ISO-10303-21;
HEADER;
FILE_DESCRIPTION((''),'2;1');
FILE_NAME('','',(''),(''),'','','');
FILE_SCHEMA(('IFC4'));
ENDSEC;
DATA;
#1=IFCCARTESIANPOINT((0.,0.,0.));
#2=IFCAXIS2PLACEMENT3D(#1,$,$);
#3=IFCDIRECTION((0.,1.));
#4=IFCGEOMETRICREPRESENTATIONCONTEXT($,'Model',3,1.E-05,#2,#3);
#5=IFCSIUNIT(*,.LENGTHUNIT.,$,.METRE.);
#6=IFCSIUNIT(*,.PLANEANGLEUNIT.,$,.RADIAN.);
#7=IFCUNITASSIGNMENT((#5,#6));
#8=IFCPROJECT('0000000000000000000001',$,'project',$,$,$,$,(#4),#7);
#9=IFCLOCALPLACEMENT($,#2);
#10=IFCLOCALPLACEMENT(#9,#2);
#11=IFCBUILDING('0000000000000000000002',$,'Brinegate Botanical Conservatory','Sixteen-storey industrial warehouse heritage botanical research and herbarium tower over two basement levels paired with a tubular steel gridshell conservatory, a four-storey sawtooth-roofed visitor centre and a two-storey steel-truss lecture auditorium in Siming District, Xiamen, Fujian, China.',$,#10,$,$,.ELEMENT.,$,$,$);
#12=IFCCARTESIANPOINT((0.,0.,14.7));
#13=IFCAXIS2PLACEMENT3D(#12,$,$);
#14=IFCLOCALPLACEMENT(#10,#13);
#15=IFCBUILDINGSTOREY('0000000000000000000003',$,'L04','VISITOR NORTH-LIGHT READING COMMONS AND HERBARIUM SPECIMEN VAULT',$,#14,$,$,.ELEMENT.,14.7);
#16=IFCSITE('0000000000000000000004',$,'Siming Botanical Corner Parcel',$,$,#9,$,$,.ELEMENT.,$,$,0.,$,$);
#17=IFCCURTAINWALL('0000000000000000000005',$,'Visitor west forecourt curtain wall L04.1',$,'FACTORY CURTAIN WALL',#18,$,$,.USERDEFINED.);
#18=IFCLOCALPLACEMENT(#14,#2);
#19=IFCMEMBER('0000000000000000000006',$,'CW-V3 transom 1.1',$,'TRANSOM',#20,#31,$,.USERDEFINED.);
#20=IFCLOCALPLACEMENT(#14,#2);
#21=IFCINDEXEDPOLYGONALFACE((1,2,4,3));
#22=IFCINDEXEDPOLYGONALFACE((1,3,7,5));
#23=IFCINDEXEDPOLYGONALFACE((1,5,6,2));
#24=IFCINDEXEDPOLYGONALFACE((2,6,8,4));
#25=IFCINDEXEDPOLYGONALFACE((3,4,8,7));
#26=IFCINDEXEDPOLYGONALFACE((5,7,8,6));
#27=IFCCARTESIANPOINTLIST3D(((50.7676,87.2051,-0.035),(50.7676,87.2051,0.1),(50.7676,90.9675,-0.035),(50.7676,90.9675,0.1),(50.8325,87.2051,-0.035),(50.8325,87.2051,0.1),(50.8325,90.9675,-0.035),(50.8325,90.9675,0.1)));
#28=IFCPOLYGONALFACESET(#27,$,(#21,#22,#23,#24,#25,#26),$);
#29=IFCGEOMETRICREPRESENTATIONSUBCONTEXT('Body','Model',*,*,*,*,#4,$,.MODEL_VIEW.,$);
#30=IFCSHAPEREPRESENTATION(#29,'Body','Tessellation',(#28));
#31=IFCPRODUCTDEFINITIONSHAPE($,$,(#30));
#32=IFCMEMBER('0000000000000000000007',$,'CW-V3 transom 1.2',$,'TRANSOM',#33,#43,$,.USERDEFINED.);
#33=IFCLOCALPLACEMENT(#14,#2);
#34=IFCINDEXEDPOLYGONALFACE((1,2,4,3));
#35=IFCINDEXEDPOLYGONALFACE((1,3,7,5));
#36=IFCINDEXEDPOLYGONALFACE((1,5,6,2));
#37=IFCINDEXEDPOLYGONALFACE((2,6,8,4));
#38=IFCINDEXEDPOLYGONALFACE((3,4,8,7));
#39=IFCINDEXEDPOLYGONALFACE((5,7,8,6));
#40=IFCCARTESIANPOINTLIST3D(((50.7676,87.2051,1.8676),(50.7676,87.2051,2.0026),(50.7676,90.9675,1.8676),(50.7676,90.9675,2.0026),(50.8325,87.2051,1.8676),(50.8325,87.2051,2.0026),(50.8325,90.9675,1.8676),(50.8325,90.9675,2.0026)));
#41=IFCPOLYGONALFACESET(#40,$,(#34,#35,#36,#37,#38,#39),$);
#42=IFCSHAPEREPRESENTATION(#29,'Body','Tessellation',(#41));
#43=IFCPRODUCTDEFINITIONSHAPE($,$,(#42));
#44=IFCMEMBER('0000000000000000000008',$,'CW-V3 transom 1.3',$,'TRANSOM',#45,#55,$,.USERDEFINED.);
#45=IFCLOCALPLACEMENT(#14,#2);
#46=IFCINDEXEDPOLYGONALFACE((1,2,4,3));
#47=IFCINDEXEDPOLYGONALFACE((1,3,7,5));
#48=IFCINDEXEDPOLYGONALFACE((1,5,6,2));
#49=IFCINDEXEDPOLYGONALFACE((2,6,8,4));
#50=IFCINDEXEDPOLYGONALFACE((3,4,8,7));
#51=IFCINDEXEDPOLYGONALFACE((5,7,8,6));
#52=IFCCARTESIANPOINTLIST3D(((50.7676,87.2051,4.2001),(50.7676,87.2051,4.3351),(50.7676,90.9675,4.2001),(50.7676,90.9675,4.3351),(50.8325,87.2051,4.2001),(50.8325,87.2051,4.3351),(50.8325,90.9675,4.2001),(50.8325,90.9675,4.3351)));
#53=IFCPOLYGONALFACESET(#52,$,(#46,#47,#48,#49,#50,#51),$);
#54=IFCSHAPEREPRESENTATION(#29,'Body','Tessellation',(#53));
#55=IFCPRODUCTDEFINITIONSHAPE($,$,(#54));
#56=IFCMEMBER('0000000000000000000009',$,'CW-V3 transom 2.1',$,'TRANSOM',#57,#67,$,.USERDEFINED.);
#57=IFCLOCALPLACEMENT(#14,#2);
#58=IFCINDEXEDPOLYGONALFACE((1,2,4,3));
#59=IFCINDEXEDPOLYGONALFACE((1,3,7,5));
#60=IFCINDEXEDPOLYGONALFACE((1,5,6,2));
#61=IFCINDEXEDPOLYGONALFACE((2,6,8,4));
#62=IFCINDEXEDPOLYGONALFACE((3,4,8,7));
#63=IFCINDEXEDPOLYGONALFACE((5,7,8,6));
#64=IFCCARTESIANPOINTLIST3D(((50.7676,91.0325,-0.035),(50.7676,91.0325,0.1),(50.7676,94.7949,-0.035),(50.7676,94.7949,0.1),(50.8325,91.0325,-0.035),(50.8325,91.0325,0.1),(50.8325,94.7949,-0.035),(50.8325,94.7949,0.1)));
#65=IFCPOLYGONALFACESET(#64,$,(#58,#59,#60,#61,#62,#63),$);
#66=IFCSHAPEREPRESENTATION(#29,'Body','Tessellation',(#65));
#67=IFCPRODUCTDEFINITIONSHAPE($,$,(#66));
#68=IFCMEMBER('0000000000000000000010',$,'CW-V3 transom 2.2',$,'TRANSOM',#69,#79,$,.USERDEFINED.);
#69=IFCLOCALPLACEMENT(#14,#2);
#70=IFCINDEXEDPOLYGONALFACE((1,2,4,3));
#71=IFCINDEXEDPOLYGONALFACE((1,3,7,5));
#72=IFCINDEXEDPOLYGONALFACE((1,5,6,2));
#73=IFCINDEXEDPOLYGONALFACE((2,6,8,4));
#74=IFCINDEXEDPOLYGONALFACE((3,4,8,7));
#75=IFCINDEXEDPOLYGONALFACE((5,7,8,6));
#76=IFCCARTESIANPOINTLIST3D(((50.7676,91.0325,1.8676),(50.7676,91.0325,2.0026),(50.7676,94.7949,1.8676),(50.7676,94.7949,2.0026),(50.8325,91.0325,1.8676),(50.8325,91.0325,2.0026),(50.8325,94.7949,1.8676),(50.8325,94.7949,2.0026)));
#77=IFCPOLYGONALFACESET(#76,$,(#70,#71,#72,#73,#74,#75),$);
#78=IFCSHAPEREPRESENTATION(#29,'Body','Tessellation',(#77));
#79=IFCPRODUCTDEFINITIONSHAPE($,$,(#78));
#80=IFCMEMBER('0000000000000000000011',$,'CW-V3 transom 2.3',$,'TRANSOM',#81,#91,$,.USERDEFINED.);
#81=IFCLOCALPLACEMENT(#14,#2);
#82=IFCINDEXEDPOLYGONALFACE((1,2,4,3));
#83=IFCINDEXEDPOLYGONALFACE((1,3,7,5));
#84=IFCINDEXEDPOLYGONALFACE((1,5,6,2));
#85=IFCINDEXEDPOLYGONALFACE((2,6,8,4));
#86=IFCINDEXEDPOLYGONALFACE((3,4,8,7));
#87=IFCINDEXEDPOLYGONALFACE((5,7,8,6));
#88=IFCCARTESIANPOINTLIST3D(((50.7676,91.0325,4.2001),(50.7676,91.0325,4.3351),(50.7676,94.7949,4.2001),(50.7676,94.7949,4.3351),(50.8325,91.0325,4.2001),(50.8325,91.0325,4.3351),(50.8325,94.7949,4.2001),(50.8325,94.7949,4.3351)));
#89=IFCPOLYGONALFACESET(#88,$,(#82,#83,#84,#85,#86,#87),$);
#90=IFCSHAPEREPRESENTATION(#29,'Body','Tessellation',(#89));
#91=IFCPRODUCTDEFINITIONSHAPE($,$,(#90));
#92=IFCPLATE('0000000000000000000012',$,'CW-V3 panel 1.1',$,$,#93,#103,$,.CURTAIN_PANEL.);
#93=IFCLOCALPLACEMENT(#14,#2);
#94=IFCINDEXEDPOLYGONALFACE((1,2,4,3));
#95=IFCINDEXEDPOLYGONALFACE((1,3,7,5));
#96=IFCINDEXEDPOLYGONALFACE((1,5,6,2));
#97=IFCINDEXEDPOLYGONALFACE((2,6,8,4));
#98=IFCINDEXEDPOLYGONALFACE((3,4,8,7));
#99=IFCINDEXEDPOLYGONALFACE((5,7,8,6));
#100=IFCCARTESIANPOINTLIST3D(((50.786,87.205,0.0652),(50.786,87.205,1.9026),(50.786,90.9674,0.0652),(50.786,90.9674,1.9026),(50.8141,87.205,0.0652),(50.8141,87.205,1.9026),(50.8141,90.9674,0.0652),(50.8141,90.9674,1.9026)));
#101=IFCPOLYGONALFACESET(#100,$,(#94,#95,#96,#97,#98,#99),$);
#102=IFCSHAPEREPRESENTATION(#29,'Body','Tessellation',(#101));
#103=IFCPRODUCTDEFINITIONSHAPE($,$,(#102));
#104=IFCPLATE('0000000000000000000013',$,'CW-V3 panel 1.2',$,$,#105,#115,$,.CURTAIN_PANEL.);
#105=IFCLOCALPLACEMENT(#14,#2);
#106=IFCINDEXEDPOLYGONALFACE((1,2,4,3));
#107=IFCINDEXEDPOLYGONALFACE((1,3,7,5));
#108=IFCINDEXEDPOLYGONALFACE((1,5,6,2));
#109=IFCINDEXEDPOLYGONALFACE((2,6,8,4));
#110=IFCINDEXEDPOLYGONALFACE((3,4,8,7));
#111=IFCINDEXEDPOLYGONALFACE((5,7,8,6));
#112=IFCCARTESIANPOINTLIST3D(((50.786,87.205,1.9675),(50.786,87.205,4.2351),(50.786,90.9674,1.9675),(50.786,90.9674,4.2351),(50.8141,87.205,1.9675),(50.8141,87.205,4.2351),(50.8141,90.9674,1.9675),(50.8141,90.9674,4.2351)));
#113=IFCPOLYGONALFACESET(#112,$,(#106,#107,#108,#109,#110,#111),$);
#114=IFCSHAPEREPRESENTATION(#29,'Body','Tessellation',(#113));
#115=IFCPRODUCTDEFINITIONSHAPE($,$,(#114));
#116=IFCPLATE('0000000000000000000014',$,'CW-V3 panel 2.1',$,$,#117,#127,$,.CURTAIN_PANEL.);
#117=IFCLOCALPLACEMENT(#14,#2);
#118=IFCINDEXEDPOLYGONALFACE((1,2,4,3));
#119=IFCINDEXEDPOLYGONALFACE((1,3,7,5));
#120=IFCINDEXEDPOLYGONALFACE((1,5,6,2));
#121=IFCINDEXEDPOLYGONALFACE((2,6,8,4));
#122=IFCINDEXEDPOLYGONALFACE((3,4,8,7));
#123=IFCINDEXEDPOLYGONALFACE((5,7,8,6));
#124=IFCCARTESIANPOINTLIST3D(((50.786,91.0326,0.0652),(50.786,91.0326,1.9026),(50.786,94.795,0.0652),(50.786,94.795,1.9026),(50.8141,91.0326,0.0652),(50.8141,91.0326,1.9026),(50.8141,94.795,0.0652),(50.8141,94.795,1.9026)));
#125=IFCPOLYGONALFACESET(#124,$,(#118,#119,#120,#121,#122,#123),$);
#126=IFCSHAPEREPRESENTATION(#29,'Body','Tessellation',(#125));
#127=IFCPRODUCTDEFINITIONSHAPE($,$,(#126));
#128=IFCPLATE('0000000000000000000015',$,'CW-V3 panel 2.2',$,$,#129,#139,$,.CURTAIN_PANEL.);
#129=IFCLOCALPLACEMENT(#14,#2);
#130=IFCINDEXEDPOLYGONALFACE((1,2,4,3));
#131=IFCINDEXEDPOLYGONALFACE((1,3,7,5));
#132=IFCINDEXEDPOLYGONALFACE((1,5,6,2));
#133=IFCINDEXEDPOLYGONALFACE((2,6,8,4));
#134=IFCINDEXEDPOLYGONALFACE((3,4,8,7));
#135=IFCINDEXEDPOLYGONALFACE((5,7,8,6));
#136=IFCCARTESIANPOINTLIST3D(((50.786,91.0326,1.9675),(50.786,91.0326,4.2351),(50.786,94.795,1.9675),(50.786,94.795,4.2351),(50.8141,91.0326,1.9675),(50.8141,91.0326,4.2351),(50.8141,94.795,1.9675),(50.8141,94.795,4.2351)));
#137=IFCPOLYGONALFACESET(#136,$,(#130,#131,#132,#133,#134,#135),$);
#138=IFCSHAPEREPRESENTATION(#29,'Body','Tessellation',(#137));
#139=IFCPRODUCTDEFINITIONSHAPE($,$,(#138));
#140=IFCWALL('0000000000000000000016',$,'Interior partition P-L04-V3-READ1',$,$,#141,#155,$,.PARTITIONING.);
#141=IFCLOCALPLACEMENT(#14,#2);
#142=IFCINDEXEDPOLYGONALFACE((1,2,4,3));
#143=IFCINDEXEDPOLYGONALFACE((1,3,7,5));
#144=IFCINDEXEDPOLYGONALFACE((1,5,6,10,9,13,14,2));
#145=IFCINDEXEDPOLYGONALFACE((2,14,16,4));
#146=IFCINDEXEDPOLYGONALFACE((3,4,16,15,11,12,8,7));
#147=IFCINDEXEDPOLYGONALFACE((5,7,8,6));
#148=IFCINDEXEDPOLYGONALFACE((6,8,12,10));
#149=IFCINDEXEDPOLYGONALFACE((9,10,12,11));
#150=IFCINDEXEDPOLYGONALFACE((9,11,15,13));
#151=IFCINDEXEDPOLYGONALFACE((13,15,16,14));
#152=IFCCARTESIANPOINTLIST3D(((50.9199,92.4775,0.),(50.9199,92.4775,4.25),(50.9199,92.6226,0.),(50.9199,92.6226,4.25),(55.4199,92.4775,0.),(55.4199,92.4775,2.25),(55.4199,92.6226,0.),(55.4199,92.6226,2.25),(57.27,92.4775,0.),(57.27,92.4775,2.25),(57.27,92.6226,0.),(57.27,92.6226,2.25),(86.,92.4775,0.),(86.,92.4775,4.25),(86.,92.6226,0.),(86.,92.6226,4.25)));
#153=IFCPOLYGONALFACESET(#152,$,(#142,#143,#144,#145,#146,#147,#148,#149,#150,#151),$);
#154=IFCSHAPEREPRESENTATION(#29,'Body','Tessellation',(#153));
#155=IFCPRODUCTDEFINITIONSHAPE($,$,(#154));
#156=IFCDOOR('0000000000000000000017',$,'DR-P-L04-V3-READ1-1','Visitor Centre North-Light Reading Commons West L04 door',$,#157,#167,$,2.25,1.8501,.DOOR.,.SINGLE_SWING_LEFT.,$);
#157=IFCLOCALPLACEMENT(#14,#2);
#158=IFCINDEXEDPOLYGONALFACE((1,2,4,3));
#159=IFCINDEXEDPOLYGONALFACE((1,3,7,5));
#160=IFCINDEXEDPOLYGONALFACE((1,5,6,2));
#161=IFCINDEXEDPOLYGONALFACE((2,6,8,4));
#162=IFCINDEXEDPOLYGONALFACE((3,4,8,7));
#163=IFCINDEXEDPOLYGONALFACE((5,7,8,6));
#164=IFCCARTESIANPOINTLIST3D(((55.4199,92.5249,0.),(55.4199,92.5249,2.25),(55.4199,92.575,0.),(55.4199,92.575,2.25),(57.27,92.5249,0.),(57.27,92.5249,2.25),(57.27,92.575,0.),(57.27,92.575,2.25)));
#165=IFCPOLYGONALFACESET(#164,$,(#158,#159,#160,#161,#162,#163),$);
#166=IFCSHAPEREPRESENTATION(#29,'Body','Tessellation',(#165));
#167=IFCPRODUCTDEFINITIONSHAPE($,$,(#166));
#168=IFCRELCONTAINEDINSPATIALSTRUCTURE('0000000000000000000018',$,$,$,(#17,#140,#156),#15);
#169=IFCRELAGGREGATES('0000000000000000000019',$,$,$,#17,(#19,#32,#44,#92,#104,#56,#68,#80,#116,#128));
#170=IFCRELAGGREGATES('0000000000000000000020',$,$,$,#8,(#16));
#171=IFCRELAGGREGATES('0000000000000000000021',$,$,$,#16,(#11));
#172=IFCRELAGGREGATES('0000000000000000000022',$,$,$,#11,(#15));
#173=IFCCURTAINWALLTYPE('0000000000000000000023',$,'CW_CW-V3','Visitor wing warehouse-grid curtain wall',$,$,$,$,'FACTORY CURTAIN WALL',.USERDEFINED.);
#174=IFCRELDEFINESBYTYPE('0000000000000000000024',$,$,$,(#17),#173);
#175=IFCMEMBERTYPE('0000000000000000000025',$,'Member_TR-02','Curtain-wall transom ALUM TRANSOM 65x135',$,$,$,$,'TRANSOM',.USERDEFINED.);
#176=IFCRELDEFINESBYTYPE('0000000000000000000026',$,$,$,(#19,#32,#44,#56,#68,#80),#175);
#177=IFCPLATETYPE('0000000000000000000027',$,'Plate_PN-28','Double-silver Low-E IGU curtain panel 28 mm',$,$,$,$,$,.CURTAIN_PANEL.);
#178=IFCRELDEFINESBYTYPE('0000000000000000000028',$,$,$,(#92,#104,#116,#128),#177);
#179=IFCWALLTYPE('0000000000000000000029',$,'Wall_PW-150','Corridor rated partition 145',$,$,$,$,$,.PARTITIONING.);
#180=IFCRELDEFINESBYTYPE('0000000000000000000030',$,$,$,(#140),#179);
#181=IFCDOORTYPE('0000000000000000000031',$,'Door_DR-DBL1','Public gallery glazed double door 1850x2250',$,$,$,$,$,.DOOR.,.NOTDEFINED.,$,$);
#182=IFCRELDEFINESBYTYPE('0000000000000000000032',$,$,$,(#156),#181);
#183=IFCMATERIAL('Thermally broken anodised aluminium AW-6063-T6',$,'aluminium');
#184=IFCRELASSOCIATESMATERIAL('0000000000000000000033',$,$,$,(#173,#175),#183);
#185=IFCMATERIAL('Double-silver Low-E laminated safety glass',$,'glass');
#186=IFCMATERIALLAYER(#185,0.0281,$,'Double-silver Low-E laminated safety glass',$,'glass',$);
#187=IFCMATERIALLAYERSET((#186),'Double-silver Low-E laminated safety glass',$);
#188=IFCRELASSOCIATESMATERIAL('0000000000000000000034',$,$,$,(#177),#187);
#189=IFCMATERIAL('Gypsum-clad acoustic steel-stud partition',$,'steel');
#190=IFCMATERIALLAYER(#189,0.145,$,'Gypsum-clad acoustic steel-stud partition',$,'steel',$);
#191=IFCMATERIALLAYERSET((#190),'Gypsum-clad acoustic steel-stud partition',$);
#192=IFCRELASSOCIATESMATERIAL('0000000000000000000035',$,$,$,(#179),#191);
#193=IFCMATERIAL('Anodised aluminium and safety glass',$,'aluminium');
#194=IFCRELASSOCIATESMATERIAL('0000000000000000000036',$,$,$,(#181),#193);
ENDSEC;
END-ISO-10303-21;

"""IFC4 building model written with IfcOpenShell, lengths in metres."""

from ifc_helpers import new_model, si_unit, direction, frame, frame_2d, origin, origin_2d, place, context, subcontext, project, spatial, rectangle, extrude, material, layer, layer_set, material_profile, profile_set, type_object, element, fill, aggregate, save


model = new_model("IFC4")

# Units and contexts
model_context = context("Model", 3, precision=1e-05, world=origin(), true_north=direction((0.0, 1.0)))
body_context = subcontext(model_context, "Body", "Model", "MODEL_VIEW")
ifc_project = project(units=[si_unit("LENGTHUNIT", "METRE"), si_unit("PLANEANGLEUNIT", "RADIAN")], contexts=[model_context])

# Site, building, storey
site_placement = place(None, origin())
site = spatial("IfcSite", under=ifc_project, at=site_placement, Name="Siming Botanical Corner Parcel", CompositionType="ELEMENT", RefElevation=0.0)
building_placement = place(site_placement, origin())
building = spatial("IfcBuilding", under=site, at=building_placement, Name="Brinegate Botanical Conservatory", Description="Sixteen-storey industrial warehouse heritage botanical research and herbarium tower over two basement levels paired with a tubular steel gridshell conservatory, a four-storey sawtooth-roofed visitor centre and a two-storey steel-truss lecture auditorium in Siming District, Xiamen, Fujian, China.", CompositionType="ELEMENT")
storey_placement = place(building_placement, frame((0.0, 0.0, 14.7)))
storey = spatial("IfcBuildingStorey", under=building, at=storey_placement, Name="L04", Description="VISITOR NORTH-LIGHT READING COMMONS AND HERBARIUM SPECIMEN VAULT", CompositionType="ELEMENT", Elevation=14.7)

# Curtain wall, members, plates
ifc_material_1 = material(Name="Thermally broken anodised aluminium AW-6063-T6", Category="aluminium")
curtain_wall_type = type_object("IfcCurtainWallType", Name="CW_CW-V3", Description="Visitor wing warehouse-grid curtain wall", ElementType="FACTORY CURTAIN WALL", PredefinedType="USERDEFINED", material=ifc_material_1)
curtain_wall_placement = place(storey_placement, origin())
curtain_wall = element("IfcCurtainWall", 1, at=curtain_wall_placement, inside=storey, type_object=curtain_wall_type, Name="Visitor west forecourt curtain wall L04.1", ObjectType="FACTORY CURTAIN WALL", PredefinedType="USERDEFINED")
ifc_material_profile_1 = material_profile(ifc_material_1, rectangle(XDim=0.0649, YDim=0.135, at=origin_2d()), Name="ALUM TRANSOM 65x135")
ifc_profile_set_1 = profile_set([ifc_material_profile_1], Name="Thermally broken anodised aluminium AW-6063-T6")
member_type_1 = type_object("IfcMemberType", Name="Member_TR-02", Description="Curtain-wall transom ALUM TRANSOM 65x135", ElementType="TRANSOM", PredefinedType="USERDEFINED", material=ifc_profile_set_1)
member_1_placement = place(storey_placement, frame((50.8, 87.2051, 0.0325), z_axis=(0.0, 1.0, 0.0), x_axis=(-1.0, 0.0, 0.0)))
member_1 = element("IfcMember", 2, at=member_1_placement, type_object=member_type_1, Name="CW-V3 transom 1.1", ObjectType="TRANSOM", PredefinedType="USERDEFINED", context=body_context, shape_type="SweptSolid", body=[
    extrude(rectangle(XDim=0.0649, YDim=0.135, at=origin_2d()), origin(), (0.0, 0.0, 1.0), 3.7625),
])
member_2_placement = place(storey_placement, frame((50.8, 87.2051, 1.9351), z_axis=(0.0, 1.0, 0.0), x_axis=(-1.0, 0.0, 0.0)))
member_2 = element("IfcMember", 3, at=member_2_placement, type_object=member_type_1, Name="CW-V3 transom 1.2", ObjectType="TRANSOM", PredefinedType="USERDEFINED", context=body_context, shape_type="SweptSolid", body=[
    extrude(rectangle(XDim=0.0649, YDim=0.135, at=origin_2d()), origin(), (0.0, 0.0, 1.0), 3.7625),
])
member_3_placement = place(storey_placement, frame((50.8, 87.2051, 4.2676), z_axis=(0.0, 1.0, 0.0), x_axis=(-1.0, 0.0, 0.0)))
member_3 = element("IfcMember", 4, at=member_3_placement, type_object=member_type_1, Name="CW-V3 transom 1.3", ObjectType="TRANSOM", PredefinedType="USERDEFINED", context=body_context, shape_type="SweptSolid", body=[
    extrude(rectangle(XDim=0.0649, YDim=0.135, at=origin_2d()), origin(), (0.0, 0.0, 1.0), 3.7625),
])
member_4_placement = place(storey_placement, frame((50.8, 91.0325, 0.0325), z_axis=(0.0, 1.0, 0.0), x_axis=(-1.0, 0.0, 0.0)))
member_4 = element("IfcMember", 5, at=member_4_placement, type_object=member_type_1, Name="CW-V3 transom 2.1", ObjectType="TRANSOM", PredefinedType="USERDEFINED", context=body_context, shape_type="SweptSolid", body=[
    extrude(rectangle(XDim=0.0649, YDim=0.135, at=origin_2d()), origin(), (0.0, 0.0, 1.0), 3.7625),
])
member_5_placement = place(storey_placement, frame((50.8, 91.0325, 1.9351), z_axis=(0.0, 1.0, 0.0), x_axis=(-1.0, 0.0, 0.0)))
member_5 = element("IfcMember", 6, at=member_5_placement, type_object=member_type_1, Name="CW-V3 transom 2.2", ObjectType="TRANSOM", PredefinedType="USERDEFINED", context=body_context, shape_type="SweptSolid", body=[
    extrude(rectangle(XDim=0.0649, YDim=0.135, at=origin_2d()), origin(), (0.0, 0.0, 1.0), 3.7625),
])
member_6_placement = place(storey_placement, frame((50.8, 91.0325, 4.2676), z_axis=(0.0, 1.0, 0.0), x_axis=(-1.0, 0.0, 0.0)))
member_6 = element("IfcMember", 7, at=member_6_placement, type_object=member_type_1, Name="CW-V3 transom 2.3", ObjectType="TRANSOM", PredefinedType="USERDEFINED", context=body_context, shape_type="SweptSolid", body=[
    extrude(rectangle(XDim=0.0649, YDim=0.135, at=origin_2d()), origin(), (0.0, 0.0, 1.0), 3.7625),
])
ifc_material_2 = material(Name="Double-silver Low-E laminated safety glass", Category="glass")
ifc_layer_1 = layer(ifc_material_2, 0.0281, Name="Double-silver Low-E laminated safety glass", Category="glass")
ifc_layer_set_1 = layer_set([ifc_layer_1], Name="Double-silver Low-E laminated safety glass")
plate_type = type_object("IfcPlateType", Name="Plate_PN-28", Description="Double-silver Low-E IGU curtain panel 28 mm", PredefinedType="CURTAIN_PANEL", material=ifc_layer_set_1)
plate_1_placement = place(storey_placement, frame((50.8, 89.0862, 0.0652), z_axis=(0.0, 0.0, 1.0), x_axis=(0.0, 1.0, 0.0)))
plate_1 = element("IfcPlate", 8, at=plate_1_placement, type_object=plate_type, Name="CW-V3 panel 1.1", PredefinedType="CURTAIN_PANEL", context=body_context, shape_type="SweptSolid", body=[
    extrude(rectangle(XDim=3.7625, YDim=0.0281, at=origin_2d()), origin(), (0.0, 0.0, 1.0), 1.8374),
])
plate_2_placement = place(storey_placement, frame((50.8, 89.0862, 1.9675), z_axis=(0.0, 0.0, 1.0), x_axis=(0.0, 1.0, 0.0)))
plate_2 = element("IfcPlate", 9, at=plate_2_placement, type_object=plate_type, Name="CW-V3 panel 1.2", PredefinedType="CURTAIN_PANEL", context=body_context, shape_type="SweptSolid", body=[
    extrude(rectangle(XDim=3.7625, YDim=0.0281, at=origin_2d()), origin(), (0.0, 0.0, 1.0), 2.2676),
])
plate_3_placement = place(storey_placement, frame((50.8, 92.9138, 0.0652), z_axis=(0.0, 0.0, 1.0), x_axis=(0.0, 1.0, 0.0)))
plate_3 = element("IfcPlate", 10, at=plate_3_placement, type_object=plate_type, Name="CW-V3 panel 2.1", PredefinedType="CURTAIN_PANEL", context=body_context, shape_type="SweptSolid", body=[
    extrude(rectangle(XDim=3.7625, YDim=0.0281, at=origin_2d()), origin(), (0.0, 0.0, 1.0), 1.8374),
])
plate_4_placement = place(storey_placement, frame((50.8, 92.9138, 1.9675), z_axis=(0.0, 0.0, 1.0), x_axis=(0.0, 1.0, 0.0)))
plate_4 = element("IfcPlate", 11, at=plate_4_placement, type_object=plate_type, Name="CW-V3 panel 2.2", PredefinedType="CURTAIN_PANEL", context=body_context, shape_type="SweptSolid", body=[
    extrude(rectangle(XDim=3.7625, YDim=0.0281, at=origin_2d()), origin(), (0.0, 0.0, 1.0), 2.2676),
])
aggregate(curtain_wall, [member_1, member_2, member_3, plate_1, plate_2, member_4, member_5, member_6, plate_3, plate_4])

# Wall, opening, door
ifc_material_3 = material(Name="Gypsum-clad acoustic steel-stud partition", Category="steel")
ifc_layer_2 = layer(ifc_material_3, 0.145, Name="Gypsum-clad acoustic steel-stud partition", Category="steel")
ifc_layer_set_2 = layer_set([ifc_layer_2], Name="Gypsum-clad acoustic steel-stud partition")
wall_type_1 = type_object("IfcWallType", Name="Wall_PW-150", Description="Corridor rated partition 145", PredefinedType="PARTITIONING", material=ifc_layer_set_2)
wall_1_placement = place(storey_placement, frame((50.9199, 92.55, 0.0), z_axis=(0.0, 0.0, 1.0), x_axis=(1.0, 0.0, 0.0)))
wall_1 = element("IfcWall", 12, at=wall_1_placement, inside=storey, type_object=wall_type_1, Name="Interior partition P-L04-V3-READ1", PredefinedType="PARTITIONING", context=body_context, shape_type="SweptSolid", body=[
    extrude(rectangle(XDim=35.0801, YDim=0.145, at=frame_2d((17.54, 0.0))), origin(), (0.0, 0.0, 1.0), 4.25),
])
opening_1_placement = place(wall_1_placement, frame((4.5, 0.0, 0.0)))
opening_1 = element("IfcOpeningElement", 13, at=opening_1_placement, cuts=wall_1, PredefinedType="OPENING", context=body_context, shape_type="SweptSolid", body=[
    extrude(rectangle(XDim=1.8501, YDim=2.25, at=frame_2d((0.925, 1.125))), frame((0.0, 0.0825, 0.0), z_axis=(0.0, -1.0, 0.0), x_axis=(1.0, 0.0, 0.0)), (0.0, 0.0, 1.0), 0.165),
])
ifc_material_4 = material(Name="Anodised aluminium and safety glass", Category="aluminium")
door_type_1 = type_object("IfcDoorType", Name="Door_DR-DBL1", Description="Public gallery glazed double door 1850x2250", OperationType="NOTDEFINED", PredefinedType="DOOR", material=ifc_material_4)
door_1_placement = place(opening_1_placement, origin())
door_1 = element("IfcDoor", 14, at=door_1_placement, inside=storey, type_object=door_type_1, Name="DR-P-L04-V3-READ1-1", Description="Visitor Centre North-Light Reading Commons West L04 door", OperationType="SINGLE_SWING_LEFT", OverallHeight=2.25, OverallWidth=1.8501, PredefinedType="DOOR", context=body_context, shape_type="SweptSolid", body=[
    extrude(rectangle(XDim=1.8501, YDim=2.25, at=frame_2d((0.925, 1.125))), frame((0.0, 0.0249, 0.0), z_axis=(0.0, -1.0, 0.0), x_axis=(1.0, 0.0, 0.0)), (0.0, 0.0, 1.0), 0.05),
])
fill(opening_1, door_1)

save(model, "model.ifc")
